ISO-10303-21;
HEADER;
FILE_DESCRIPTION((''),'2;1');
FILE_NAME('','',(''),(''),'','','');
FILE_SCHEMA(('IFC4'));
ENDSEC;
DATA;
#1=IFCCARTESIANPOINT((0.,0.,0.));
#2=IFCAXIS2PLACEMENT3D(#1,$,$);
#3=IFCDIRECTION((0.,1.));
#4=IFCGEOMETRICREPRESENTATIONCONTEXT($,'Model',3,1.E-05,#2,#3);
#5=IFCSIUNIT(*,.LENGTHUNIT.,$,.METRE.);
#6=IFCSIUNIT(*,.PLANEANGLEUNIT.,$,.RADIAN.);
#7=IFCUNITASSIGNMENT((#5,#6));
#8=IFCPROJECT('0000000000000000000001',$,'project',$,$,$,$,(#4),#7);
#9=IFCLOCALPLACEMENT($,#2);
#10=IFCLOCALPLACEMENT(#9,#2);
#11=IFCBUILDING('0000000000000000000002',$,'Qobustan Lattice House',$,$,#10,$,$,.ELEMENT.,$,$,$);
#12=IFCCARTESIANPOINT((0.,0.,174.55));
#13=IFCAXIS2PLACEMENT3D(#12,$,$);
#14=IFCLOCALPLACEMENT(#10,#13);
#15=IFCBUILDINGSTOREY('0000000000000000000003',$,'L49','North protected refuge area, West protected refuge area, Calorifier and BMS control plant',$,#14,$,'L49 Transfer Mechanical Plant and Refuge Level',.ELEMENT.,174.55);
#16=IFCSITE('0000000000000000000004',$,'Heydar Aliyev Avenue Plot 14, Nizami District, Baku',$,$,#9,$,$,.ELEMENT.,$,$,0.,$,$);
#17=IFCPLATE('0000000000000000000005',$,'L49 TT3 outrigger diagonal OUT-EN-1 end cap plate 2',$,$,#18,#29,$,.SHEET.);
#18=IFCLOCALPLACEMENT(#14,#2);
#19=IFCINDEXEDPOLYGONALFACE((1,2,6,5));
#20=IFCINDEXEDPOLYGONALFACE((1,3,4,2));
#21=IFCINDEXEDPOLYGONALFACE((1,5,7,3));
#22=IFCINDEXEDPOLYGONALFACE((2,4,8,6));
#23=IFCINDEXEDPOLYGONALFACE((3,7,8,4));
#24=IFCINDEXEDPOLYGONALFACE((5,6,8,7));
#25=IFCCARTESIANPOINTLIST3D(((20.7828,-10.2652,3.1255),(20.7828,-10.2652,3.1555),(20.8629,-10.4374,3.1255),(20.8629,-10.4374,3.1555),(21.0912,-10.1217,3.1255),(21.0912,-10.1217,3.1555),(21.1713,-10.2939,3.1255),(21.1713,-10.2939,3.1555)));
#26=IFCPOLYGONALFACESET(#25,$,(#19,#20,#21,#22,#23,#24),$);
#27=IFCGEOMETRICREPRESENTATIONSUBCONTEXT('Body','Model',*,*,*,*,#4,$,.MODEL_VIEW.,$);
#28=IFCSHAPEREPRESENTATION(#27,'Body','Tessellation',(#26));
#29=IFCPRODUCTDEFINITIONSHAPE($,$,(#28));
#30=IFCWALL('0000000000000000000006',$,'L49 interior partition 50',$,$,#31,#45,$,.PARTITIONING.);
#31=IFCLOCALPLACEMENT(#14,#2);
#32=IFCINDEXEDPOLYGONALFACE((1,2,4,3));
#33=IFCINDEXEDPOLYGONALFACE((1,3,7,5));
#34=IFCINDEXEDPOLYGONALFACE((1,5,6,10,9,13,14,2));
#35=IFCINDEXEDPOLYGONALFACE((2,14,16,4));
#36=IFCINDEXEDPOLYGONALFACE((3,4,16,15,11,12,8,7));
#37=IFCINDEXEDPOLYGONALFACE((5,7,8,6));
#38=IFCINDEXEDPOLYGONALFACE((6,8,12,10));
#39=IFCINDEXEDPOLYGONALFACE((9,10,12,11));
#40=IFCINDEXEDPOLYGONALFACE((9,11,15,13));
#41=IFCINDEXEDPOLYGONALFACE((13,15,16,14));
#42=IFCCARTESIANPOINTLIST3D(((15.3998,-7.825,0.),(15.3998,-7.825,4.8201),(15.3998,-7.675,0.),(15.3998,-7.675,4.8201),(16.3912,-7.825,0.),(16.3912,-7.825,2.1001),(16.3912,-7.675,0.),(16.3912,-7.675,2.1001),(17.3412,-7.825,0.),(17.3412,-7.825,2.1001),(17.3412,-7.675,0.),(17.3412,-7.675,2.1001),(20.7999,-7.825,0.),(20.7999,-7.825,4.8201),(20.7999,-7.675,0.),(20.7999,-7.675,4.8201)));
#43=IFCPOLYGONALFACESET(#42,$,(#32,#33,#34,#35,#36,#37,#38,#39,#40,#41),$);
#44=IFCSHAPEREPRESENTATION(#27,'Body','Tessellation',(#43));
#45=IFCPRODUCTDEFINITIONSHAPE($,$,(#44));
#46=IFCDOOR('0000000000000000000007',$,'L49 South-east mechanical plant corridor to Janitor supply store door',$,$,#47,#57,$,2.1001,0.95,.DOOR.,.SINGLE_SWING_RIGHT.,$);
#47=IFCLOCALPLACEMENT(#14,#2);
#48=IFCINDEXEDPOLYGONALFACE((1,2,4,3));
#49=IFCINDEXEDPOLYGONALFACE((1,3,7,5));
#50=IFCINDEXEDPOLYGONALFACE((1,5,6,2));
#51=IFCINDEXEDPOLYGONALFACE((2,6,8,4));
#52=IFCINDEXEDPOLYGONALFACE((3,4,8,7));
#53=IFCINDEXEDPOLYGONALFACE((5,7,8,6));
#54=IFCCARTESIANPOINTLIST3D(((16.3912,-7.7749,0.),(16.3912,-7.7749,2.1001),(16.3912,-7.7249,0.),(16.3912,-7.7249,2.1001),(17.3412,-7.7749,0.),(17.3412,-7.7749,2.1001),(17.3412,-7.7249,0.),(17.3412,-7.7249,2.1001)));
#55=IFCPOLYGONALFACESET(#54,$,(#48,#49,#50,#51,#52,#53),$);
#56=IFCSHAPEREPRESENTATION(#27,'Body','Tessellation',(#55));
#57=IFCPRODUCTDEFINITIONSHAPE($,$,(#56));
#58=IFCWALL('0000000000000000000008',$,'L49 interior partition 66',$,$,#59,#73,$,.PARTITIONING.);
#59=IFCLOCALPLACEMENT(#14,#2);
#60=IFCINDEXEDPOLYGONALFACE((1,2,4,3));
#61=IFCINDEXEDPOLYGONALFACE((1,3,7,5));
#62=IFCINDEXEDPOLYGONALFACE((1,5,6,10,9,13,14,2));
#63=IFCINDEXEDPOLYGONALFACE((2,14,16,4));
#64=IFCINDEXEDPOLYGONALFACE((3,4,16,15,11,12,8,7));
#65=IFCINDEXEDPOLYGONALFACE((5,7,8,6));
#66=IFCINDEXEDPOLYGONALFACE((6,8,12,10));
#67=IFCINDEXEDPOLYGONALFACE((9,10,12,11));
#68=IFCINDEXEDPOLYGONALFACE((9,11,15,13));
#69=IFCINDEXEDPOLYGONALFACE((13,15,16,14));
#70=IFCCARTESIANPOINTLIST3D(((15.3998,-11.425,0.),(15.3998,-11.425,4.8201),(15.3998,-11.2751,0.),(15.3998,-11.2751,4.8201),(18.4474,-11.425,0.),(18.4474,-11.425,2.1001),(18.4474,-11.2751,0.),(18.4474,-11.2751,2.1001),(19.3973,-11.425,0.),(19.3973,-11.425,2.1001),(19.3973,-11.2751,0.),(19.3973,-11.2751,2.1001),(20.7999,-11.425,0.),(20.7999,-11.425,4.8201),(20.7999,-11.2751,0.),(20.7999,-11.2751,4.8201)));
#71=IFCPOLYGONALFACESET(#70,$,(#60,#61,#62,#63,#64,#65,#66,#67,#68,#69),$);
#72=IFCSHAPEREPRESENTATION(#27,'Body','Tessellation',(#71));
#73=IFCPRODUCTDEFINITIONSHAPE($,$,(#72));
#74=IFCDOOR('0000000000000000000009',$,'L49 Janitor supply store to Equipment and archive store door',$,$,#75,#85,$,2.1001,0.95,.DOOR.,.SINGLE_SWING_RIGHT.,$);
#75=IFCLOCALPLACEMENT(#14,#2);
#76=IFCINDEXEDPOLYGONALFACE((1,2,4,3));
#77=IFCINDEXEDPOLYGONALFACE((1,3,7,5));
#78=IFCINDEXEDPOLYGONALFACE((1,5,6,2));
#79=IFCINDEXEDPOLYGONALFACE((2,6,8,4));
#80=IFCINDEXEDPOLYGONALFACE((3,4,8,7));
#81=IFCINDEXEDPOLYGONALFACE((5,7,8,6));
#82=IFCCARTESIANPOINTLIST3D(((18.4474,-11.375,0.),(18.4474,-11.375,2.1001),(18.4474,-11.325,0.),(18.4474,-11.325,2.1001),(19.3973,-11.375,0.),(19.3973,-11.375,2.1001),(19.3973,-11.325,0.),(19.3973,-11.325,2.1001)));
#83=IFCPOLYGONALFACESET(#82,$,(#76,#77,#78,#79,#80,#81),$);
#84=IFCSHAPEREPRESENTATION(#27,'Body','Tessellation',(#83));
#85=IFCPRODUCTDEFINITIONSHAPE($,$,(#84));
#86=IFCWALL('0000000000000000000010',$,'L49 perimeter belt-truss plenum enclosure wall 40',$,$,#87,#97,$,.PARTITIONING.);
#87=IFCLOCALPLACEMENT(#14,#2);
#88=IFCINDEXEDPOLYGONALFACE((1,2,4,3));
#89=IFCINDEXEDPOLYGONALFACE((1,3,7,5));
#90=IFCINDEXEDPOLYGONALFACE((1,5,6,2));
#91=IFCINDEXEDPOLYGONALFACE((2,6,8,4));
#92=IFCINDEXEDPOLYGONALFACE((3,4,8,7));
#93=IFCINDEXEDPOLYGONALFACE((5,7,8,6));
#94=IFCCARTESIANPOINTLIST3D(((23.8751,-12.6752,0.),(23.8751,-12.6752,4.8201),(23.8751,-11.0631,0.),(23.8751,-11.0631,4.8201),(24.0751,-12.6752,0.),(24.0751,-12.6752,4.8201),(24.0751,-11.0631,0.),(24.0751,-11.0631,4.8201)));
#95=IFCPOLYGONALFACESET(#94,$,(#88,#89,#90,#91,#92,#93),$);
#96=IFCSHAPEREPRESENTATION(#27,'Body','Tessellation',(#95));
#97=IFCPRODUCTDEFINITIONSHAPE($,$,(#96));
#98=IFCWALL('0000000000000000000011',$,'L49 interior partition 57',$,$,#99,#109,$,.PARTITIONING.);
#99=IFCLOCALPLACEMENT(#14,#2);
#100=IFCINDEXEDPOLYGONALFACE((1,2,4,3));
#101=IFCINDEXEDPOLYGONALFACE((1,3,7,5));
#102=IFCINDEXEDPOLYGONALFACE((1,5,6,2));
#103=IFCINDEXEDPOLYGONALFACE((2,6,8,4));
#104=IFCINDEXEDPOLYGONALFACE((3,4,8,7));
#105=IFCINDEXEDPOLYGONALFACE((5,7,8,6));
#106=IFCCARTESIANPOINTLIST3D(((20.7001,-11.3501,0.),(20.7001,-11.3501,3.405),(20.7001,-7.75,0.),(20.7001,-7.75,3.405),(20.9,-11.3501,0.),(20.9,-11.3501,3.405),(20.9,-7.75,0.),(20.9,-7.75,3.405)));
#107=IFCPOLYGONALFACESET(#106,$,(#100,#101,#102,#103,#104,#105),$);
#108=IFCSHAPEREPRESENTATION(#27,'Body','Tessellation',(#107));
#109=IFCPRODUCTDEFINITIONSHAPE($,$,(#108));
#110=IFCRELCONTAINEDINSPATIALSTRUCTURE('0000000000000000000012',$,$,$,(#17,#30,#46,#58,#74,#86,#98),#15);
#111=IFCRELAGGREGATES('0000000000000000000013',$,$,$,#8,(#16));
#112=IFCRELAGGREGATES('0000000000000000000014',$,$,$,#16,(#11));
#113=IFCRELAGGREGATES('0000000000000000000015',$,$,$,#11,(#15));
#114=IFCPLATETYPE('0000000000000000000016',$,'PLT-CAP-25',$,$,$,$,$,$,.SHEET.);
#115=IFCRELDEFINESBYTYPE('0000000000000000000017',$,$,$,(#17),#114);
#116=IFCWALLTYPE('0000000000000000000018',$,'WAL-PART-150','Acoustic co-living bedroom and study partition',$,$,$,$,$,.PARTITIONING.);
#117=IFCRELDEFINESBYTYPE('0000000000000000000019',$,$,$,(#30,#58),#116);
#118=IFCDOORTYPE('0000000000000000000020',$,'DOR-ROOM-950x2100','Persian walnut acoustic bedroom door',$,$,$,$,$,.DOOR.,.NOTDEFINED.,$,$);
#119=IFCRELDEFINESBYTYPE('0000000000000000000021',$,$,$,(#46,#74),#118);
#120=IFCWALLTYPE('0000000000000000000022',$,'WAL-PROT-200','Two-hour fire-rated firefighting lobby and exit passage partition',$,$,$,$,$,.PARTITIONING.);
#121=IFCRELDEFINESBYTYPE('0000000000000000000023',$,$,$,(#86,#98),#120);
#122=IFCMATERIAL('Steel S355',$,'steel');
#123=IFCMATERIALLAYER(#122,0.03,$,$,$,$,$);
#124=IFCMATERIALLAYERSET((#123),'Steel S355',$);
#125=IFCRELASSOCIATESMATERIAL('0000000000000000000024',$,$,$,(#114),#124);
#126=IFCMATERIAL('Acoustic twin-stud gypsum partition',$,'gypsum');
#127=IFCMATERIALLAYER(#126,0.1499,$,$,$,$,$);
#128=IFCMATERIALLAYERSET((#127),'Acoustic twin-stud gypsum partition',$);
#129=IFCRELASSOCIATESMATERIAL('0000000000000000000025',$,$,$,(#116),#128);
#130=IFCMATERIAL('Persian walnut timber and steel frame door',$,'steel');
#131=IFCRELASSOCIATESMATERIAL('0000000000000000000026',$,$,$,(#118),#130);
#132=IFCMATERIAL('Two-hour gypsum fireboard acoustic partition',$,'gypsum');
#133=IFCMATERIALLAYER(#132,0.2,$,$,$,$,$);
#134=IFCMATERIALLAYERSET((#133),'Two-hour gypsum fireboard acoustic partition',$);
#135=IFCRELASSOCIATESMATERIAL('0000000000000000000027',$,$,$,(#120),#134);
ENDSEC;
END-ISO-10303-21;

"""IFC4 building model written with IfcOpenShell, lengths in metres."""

from ifc_helpers import new_model, si_unit, direction, frame, frame_2d, origin, origin_2d, place, context, subcontext, project, spatial, rectangle, extrude, material, layer, layer_set, type_object, element, fill, save


model = new_model("IFC4")

# Units and contexts
model_context = context("Model", 3, precision=1e-05, world=origin(), true_north=direction((0.0, 1.0)))
body_context = subcontext(model_context, "Body", "Model", "MODEL_VIEW")
ifc_project = project(units=[si_unit("LENGTHUNIT", "METRE"), si_unit("PLANEANGLEUNIT", "RADIAN")], contexts=[model_context])

# Site, building, storey
site_placement = place(None, origin())
site = spatial("IfcSite", under=ifc_project, at=site_placement, Name="Heydar Aliyev Avenue Plot 14, Nizami District, Baku", CompositionType="ELEMENT", RefElevation=0.0)
building_placement = place(site_placement, origin())
building = spatial("IfcBuilding", under=site, at=building_placement, Name="Qobustan Lattice House", CompositionType="ELEMENT")
storey_placement = place(building_placement, frame((0.0, 0.0, 174.55)))
storey = spatial("IfcBuildingStorey", under=building, at=storey_placement, Name="L49", Description="North protected refuge area, West protected refuge area, Calorifier and BMS control plant", LongName="L49 Transfer Mechanical Plant and Refuge Level", CompositionType="ELEMENT", Elevation=174.55)

# Plate
ifc_material_1 = material(Name="Steel S355", Category="steel")
ifc_layer_1 = layer(ifc_material_1, 0.03)
ifc_layer_set_1 = layer_set([ifc_layer_1], Name="Steel S355")
plate_type = type_object("IfcPlateType", Name="PLT-CAP-25", PredefinedType="SHEET", material=ifc_layer_set_1)
for number, where, z_axis, x_axis, name in (
    (1, (20.9771, -10.2795, 3.1255), (0.0, 0.0, 1.0), (0.421827, -0.906676, 0.0), "L49 TT3 outrigger diagonal OUT-EN-1 end cap plate 2"),
):
    element("IfcPlate", number, at=place(storey_placement, frame(where, z_axis=z_axis, x_axis=x_axis)), inside=storey, type_object=plate_type, Name=name, PredefinedType="SHEET", context=body_context, shape_type="SweptSolid", body=[
        extrude(rectangle(XDim=0.1899, YDim=0.3401, at=origin_2d()), origin(), (0.0, 0.0, 1.0), 0.03),
    ])

# Walls, openings, doors
ifc_material_2 = material(Name="Acoustic twin-stud gypsum partition", Category="gypsum")
ifc_layer_2 = layer(ifc_material_2, 0.1499)
ifc_layer_set_2 = layer_set([ifc_layer_2], Name="Acoustic twin-stud gypsum partition")
wall_type_1 = type_object("IfcWallType", Name="WAL-PART-150", Description="Acoustic co-living bedroom and study partition", PredefinedType="PARTITIONING", material=ifc_layer_set_2)
wall_1_placement = place(storey_placement, frame((20.8, -7.75, 0.0), z_axis=(0.0, 0.0, 1.0), x_axis=(-1.0, 0.0, 0.0)))
wall_1 = element("IfcWall", 2, at=wall_1_placement, inside=storey, type_object=wall_type_1, Name="L49 interior partition 50", PredefinedType="PARTITIONING", context=body_context, shape_type="SweptSolid", body=[
    extrude(rectangle(XDim=5.4001, YDim=0.1499, at=frame_2d((2.7002, 0.0))), origin(), (0.0, 0.0, 1.0), 4.8201),
])
opening_1_placement = place(wall_1_placement, frame((3.4587, 0.0, 0.0)))
opening_1 = element("IfcOpeningElement", 3, at=opening_1_placement, cuts=wall_1, PredefinedType="OPENING", context=body_context, shape_type="SweptSolid", body=[
    extrude(rectangle(XDim=0.95, YDim=2.1001, at=frame_2d((0.4751, 1.05))), frame((0.0, 0.085, 0.0), z_axis=(0.0, -1.0, 0.0), x_axis=(1.0, 0.0, 0.0)), (0.0, 0.0, 1.0), 0.1699),
])
ifc_material_3 = material(Name="Persian walnut timber and steel frame door", Category="steel")
door_type = type_object("IfcDoorType", Name="DOR-ROOM-950x2100", Description="Persian walnut acoustic bedroom door", OperationType="NOTDEFINED", PredefinedType="DOOR", material=ifc_material_3)
door_1_placement = place(opening_1_placement, origin())
door_1 = element("IfcDoor", 4, at=door_1_placement, inside=storey, type_object=door_type, Name="L49 South-east mechanical plant corridor to Janitor supply store door", OperationType="SINGLE_SWING_RIGHT", OverallHeight=2.1001, OverallWidth=0.95, PredefinedType="DOOR", context=body_context, shape_type="SweptSolid", body=[
    extrude(rectangle(XDim=0.95, YDim=2.1001, at=frame_2d((0.4751, 1.05))), frame((0.0, 0.0249, 0.0), z_axis=(0.0, -1.0, 0.0), x_axis=(1.0, 0.0, 0.0)), (0.0, 0.0, 1.0), 0.05),
])
fill(opening_1, door_1)
wall_2_placement = place(storey_placement, frame((20.8, -11.3501, 0.0), z_axis=(0.0, 0.0, 1.0), x_axis=(-1.0, 0.0, 0.0)))
wall_2 = element("IfcWall", 5, at=wall_2_placement, inside=storey, type_object=wall_type_1, Name="L49 interior partition 66", PredefinedType="PARTITIONING", context=body_context, shape_type="SweptSolid", body=[
    extrude(rectangle(XDim=5.4001, YDim=0.1499, at=frame_2d((2.7002, 0.0))), origin(), (0.0, 0.0, 1.0), 4.8201),
])
opening_2_placement = place(wall_2_placement, frame((1.4026, 0.0, 0.0)))
opening_2 = element("IfcOpeningElement", 6, at=opening_2_placement, cuts=wall_2, PredefinedType="OPENING", context=body_context, shape_type="SweptSolid", body=[
    extrude(rectangle(XDim=0.95, YDim=2.1001, at=frame_2d((0.4751, 1.05))), frame((0.0, 0.085, 0.0), z_axis=(0.0, -1.0, 0.0), x_axis=(1.0, 0.0, 0.0)), (0.0, 0.0, 1.0), 0.1699),
])
door_2_placement = place(opening_2_placement, origin())
door_2 = element("IfcDoor", 7, at=door_2_placement, inside=storey, type_object=door_type, Name="L49 Janitor supply store to Equipment and archive store door", OperationType="SINGLE_SWING_RIGHT", OverallHeight=2.1001, OverallWidth=0.95, PredefinedType="DOOR", context=body_context, shape_type="SweptSolid", body=[
    extrude(rectangle(XDim=0.95, YDim=2.1001, at=frame_2d((0.4751, 1.05))), frame((0.0, 0.0249, 0.0), z_axis=(0.0, -1.0, 0.0), x_axis=(1.0, 0.0, 0.0)), (0.0, 0.0, 1.0), 0.05),
])
fill(opening_2, door_2)

# Walls
ifc_material_4 = material(Name="Two-hour gypsum fireboard acoustic partition", Category="gypsum")
ifc_layer_3 = layer(ifc_material_4, 0.2)
ifc_layer_set_3 = layer_set([ifc_layer_3], Name="Two-hour gypsum fireboard acoustic partition")
wall_type_2 = type_object("IfcWallType", Name="WAL-PROT-200", Description="Two-hour fire-rated firefighting lobby and exit passage partition", PredefinedType="PARTITIONING", material=ifc_layer_set_3)
for number, where, z_axis, x_axis, name in (
    (8, (23.9751, -11.063, 0.0), (0.0, 0.0, 1.0), (0.0, -1.0, 0.0), "L49 perimeter belt-truss plenum enclosure wall 40"),
):
    element("IfcWall", number, at=place(storey_placement, frame(where, z_axis=z_axis, x_axis=x_axis)), inside=storey, type_object=wall_type_2, Name=name, PredefinedType="PARTITIONING", context=body_context, shape_type="SweptSolid", body=[
        extrude(rectangle(XDim=1.6121, YDim=0.2, at=frame_2d((0.8062, 0.0))), origin(), (0.0, 0.0, 1.0), 4.8201),
    ])
wall_3_placement = place(storey_placement, frame((20.8, -11.3501, 0.0), z_axis=(0.0, 0.0, 1.0), x_axis=(0.0, 1.0, 0.0)))
element("IfcWall", 9, at=wall_3_placement, inside=storey, type_object=wall_type_2, Name="L49 interior partition 57", PredefinedType="PARTITIONING", context=body_context, shape_type="SweptSolid", body=[
    extrude(rectangle(XDim=3.6001, YDim=0.2, at=frame_2d((1.8, 0.0))), origin(), (0.0, 0.0, 1.0), 3.405),
])

save(model, "model.ifc")
